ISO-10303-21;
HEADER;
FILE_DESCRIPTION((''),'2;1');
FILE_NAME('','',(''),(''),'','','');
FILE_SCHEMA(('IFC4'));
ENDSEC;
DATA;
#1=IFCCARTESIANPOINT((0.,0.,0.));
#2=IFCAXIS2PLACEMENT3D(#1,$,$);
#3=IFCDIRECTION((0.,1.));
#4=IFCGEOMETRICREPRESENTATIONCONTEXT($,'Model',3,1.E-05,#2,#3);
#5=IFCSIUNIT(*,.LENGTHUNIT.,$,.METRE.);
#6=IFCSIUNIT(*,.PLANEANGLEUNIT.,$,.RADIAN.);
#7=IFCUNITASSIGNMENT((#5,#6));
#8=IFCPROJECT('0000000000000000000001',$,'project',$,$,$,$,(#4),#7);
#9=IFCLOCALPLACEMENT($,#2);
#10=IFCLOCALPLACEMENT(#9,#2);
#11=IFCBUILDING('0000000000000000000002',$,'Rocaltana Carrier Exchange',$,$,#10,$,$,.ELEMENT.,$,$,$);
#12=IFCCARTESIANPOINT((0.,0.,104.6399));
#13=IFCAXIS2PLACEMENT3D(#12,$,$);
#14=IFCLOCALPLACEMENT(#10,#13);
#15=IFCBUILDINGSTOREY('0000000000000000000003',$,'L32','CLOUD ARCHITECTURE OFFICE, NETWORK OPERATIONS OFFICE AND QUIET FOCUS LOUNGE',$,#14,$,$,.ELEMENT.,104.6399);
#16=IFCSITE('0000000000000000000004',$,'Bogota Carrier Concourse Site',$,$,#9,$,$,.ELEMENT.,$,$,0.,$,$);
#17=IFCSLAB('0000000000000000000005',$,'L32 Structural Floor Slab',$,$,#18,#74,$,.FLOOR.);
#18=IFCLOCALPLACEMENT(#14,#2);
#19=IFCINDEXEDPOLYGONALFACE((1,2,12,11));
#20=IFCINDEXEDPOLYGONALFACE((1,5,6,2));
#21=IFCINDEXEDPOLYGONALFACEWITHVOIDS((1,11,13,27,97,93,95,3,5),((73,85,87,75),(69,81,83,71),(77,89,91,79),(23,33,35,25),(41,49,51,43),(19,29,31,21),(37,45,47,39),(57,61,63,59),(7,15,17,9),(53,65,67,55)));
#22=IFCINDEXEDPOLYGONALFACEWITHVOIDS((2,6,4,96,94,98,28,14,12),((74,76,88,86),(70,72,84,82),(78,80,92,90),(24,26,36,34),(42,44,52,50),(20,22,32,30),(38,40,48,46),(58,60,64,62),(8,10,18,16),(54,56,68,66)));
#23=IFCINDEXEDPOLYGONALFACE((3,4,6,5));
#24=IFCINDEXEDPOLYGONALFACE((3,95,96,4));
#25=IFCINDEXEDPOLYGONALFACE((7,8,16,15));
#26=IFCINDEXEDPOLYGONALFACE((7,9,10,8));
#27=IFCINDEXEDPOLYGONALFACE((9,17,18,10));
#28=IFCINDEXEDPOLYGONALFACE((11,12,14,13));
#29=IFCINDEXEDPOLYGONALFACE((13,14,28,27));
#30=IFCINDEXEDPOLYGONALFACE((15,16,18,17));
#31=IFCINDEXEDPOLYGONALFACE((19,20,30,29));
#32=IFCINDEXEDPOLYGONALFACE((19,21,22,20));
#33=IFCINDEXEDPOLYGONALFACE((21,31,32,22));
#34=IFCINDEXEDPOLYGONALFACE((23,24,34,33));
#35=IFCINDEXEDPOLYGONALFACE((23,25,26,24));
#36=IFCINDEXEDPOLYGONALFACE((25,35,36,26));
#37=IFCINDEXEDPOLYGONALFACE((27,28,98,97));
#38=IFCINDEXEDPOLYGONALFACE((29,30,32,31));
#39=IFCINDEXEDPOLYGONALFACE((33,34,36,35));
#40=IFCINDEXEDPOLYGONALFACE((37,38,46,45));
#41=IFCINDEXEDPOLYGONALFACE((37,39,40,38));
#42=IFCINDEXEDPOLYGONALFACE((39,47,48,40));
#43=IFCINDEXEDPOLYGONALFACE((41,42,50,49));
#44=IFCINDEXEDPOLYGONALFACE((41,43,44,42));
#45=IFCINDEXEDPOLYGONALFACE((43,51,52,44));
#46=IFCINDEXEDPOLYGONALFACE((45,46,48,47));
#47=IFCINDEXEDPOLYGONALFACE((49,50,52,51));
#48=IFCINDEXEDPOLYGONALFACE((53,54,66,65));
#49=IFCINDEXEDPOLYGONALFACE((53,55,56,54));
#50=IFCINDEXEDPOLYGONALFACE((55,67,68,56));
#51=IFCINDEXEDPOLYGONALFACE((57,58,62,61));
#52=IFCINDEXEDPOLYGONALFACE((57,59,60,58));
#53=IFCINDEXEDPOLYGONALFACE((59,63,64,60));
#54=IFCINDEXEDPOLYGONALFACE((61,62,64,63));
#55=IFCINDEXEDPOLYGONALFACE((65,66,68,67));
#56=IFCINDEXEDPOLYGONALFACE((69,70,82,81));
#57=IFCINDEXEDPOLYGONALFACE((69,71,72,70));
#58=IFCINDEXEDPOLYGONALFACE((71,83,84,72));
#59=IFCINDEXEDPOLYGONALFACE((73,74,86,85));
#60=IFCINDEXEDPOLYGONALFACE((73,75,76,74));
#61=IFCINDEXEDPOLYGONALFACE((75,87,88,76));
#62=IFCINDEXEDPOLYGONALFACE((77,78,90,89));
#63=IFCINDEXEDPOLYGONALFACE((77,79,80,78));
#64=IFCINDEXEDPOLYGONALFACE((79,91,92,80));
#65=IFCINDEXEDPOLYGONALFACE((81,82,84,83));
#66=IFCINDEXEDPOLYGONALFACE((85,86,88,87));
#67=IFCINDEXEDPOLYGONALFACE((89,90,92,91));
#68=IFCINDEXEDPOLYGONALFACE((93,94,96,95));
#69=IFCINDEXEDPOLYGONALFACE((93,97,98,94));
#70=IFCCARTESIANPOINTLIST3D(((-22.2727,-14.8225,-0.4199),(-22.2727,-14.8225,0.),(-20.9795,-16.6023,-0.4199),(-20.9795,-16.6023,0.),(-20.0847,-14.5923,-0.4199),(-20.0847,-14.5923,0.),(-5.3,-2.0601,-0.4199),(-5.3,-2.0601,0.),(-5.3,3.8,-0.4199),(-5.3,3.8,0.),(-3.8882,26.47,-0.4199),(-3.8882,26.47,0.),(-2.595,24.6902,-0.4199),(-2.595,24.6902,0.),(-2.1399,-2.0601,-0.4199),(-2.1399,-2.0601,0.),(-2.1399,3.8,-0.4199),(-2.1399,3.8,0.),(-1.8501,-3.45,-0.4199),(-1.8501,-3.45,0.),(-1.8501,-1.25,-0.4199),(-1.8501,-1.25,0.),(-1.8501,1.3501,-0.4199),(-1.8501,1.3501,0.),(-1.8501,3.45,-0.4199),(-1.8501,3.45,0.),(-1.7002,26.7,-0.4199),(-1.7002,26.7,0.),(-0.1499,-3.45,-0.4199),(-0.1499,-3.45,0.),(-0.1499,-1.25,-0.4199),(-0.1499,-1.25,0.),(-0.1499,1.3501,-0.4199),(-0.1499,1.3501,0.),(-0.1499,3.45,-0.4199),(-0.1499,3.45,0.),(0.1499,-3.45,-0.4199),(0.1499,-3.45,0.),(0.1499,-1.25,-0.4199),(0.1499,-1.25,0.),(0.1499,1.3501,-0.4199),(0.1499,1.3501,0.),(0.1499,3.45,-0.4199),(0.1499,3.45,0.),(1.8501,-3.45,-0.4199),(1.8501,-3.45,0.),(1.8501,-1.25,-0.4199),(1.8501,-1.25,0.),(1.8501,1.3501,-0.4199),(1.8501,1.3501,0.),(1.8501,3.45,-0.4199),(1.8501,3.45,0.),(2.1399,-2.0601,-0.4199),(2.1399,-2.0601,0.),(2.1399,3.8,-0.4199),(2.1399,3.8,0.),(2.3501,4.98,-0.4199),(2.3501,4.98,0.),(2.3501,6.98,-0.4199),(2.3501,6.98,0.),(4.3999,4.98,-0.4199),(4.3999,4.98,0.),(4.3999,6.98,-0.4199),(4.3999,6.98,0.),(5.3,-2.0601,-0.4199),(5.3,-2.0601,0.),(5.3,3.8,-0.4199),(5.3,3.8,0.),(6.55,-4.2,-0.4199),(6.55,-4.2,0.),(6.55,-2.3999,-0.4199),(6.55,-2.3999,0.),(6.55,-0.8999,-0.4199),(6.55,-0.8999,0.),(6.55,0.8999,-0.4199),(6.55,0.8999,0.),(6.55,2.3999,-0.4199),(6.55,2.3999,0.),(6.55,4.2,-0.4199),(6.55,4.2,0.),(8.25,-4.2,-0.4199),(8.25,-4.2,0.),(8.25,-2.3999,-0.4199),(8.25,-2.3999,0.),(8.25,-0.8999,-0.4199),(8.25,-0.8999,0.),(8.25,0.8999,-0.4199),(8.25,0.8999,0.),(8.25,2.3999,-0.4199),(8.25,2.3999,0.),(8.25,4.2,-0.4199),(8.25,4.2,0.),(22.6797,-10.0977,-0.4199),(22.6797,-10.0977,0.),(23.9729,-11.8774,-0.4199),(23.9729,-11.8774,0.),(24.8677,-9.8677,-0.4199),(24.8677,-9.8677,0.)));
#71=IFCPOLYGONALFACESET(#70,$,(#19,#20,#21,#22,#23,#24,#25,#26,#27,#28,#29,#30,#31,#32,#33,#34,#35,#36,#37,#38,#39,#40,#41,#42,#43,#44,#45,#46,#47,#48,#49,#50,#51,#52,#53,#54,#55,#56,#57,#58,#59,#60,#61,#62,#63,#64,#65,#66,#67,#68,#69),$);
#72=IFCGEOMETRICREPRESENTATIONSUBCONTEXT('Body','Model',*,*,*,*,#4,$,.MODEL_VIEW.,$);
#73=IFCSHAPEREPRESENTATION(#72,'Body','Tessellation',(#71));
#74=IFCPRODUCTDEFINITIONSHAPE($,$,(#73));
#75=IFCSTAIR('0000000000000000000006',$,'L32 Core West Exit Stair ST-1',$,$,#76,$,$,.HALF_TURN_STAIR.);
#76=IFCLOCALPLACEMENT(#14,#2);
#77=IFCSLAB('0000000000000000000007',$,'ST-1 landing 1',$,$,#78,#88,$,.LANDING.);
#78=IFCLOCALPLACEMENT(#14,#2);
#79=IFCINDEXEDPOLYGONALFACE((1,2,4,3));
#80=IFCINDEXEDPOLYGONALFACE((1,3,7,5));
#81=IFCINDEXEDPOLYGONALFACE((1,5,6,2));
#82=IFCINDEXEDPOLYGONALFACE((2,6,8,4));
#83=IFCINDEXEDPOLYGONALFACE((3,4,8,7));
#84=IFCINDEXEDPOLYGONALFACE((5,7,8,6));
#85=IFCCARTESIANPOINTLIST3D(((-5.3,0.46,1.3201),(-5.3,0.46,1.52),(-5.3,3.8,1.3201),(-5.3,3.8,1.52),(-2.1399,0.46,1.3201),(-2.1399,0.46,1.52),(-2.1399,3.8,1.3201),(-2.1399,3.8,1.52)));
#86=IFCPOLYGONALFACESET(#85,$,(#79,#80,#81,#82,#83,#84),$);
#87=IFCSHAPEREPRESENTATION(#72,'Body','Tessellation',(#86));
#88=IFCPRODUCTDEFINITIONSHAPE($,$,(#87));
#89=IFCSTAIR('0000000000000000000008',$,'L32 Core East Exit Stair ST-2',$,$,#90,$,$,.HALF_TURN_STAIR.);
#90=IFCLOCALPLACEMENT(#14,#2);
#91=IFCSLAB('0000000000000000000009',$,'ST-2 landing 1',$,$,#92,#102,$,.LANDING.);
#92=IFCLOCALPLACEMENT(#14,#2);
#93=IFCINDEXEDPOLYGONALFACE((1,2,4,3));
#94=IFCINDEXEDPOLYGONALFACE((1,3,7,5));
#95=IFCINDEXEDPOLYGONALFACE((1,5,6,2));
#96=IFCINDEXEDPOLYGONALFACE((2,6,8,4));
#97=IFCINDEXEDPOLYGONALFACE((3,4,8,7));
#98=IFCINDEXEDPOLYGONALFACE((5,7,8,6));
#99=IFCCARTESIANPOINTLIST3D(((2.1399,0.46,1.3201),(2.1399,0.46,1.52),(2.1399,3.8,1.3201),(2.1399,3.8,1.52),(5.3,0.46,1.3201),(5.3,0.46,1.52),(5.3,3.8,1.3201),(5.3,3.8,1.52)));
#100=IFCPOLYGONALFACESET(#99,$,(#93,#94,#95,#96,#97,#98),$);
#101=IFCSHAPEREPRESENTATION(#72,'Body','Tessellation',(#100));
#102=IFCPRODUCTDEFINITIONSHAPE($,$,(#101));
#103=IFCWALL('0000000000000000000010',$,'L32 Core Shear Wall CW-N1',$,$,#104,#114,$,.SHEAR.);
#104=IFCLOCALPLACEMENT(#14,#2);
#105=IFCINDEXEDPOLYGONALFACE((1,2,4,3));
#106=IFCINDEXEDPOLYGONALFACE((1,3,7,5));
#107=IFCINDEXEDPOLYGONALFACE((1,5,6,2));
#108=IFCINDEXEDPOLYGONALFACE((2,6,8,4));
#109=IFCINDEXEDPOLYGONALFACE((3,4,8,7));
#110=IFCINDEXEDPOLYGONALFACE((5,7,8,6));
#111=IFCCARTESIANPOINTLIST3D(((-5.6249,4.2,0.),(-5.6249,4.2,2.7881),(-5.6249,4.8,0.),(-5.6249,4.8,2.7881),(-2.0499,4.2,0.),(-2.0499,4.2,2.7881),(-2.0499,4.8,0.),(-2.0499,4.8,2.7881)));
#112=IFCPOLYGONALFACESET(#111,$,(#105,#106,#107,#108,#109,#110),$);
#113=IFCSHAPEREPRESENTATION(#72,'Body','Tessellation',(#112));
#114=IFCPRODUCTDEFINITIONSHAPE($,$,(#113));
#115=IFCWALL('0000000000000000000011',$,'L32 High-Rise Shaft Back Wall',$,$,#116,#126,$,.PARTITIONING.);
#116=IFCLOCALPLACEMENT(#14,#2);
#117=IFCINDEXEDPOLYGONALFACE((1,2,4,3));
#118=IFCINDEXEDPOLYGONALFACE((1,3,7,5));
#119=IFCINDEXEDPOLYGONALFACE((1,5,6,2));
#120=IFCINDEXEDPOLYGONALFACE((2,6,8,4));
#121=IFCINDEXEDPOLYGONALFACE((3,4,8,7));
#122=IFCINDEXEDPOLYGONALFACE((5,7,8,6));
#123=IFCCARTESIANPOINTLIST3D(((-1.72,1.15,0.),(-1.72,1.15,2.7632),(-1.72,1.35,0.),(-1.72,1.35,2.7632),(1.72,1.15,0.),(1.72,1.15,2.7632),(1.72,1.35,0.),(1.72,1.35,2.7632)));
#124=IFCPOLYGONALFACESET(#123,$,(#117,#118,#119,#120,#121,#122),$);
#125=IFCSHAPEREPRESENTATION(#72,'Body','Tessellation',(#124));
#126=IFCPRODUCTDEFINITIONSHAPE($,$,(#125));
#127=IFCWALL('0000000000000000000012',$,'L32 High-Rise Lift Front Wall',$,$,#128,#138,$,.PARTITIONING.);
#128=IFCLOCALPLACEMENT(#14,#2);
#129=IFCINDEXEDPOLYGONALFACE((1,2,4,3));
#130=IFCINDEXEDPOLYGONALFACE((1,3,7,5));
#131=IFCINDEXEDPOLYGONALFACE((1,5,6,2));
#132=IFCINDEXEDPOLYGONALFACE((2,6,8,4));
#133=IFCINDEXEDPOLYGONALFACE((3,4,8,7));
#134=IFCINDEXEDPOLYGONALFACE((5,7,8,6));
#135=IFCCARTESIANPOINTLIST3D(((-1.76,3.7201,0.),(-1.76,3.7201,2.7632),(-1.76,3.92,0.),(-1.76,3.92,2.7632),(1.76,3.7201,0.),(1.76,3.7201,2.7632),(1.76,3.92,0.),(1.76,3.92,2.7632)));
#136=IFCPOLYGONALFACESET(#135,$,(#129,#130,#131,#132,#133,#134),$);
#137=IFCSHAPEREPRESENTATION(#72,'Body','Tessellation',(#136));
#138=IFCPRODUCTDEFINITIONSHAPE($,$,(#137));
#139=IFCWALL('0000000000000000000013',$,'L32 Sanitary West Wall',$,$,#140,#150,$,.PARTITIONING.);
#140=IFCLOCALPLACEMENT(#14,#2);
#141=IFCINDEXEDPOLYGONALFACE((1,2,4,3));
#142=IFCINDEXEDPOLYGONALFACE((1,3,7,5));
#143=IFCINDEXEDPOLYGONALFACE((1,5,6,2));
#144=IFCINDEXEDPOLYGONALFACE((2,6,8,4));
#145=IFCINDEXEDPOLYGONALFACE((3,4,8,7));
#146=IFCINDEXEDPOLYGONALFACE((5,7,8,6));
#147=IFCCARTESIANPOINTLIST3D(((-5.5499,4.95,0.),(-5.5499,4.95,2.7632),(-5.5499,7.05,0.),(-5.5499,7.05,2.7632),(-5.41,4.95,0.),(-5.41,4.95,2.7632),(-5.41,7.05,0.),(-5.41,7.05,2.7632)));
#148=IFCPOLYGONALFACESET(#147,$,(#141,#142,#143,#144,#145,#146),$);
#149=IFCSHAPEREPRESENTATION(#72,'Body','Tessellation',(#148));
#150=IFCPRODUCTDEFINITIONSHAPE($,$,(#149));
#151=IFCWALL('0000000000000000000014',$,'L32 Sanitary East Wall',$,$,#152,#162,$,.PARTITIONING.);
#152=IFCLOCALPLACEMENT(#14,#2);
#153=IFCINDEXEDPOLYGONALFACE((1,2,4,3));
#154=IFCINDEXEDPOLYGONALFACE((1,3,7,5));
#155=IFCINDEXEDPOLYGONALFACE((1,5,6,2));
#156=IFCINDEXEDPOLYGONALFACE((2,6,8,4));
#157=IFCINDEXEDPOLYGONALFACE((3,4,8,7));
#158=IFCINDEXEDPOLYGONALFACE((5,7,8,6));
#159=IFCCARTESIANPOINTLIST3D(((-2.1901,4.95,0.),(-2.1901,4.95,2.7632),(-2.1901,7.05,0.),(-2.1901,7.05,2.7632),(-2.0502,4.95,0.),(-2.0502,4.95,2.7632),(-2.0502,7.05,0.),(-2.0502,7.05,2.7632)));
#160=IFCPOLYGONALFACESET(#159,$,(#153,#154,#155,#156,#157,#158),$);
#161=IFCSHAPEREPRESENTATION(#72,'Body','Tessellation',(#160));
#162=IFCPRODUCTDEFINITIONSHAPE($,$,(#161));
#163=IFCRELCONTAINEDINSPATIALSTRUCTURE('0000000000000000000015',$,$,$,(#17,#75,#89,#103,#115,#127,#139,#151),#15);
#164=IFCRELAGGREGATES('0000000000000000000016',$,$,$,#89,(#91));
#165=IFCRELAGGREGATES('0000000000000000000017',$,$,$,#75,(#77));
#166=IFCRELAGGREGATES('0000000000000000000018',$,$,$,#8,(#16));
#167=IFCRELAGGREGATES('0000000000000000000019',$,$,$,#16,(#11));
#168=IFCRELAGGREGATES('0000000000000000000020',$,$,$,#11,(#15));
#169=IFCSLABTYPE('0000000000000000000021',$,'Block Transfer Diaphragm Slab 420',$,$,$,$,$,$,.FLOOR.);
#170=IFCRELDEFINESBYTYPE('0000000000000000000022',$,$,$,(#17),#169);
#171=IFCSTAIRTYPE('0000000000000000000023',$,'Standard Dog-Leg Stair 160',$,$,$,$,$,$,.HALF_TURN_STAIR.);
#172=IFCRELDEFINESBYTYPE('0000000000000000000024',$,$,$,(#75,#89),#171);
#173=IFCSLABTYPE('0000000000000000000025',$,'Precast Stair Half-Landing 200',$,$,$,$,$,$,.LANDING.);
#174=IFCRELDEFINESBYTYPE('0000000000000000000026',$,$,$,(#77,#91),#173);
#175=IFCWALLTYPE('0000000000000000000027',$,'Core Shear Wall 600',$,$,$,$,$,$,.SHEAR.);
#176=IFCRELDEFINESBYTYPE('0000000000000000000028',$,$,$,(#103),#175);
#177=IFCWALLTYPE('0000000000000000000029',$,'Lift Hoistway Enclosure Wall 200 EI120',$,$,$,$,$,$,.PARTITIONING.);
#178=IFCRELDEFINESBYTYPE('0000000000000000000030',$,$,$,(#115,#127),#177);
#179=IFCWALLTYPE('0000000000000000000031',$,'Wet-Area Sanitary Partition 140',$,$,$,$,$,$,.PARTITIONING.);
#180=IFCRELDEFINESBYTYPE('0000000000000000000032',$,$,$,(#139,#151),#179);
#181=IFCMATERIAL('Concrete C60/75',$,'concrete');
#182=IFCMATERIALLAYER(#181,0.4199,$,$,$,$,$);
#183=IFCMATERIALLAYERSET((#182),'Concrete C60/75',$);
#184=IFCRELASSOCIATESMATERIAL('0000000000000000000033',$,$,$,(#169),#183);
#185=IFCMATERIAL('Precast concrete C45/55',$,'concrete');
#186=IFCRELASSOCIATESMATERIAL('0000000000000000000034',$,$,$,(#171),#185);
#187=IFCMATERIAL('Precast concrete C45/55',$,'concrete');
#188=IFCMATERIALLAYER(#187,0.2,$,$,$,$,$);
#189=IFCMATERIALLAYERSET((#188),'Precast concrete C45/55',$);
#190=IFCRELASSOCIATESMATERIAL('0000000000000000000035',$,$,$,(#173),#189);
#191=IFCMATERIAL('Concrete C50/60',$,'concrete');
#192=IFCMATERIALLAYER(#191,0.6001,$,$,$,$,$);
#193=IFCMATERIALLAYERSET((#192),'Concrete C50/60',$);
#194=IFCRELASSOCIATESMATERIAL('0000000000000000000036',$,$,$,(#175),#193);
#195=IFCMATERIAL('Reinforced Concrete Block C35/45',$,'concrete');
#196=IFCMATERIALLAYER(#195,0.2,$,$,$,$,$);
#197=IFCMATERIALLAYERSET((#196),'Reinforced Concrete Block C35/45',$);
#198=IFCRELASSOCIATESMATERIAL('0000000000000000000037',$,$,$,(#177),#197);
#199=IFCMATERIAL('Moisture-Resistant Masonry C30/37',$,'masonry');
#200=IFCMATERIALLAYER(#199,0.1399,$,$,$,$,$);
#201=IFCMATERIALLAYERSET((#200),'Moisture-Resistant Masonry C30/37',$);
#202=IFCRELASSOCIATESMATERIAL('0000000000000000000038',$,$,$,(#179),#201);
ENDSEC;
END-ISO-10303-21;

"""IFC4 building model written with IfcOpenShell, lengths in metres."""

from ifc_helpers import new_model, si_unit, direction, frame, frame_2d, origin, place, context, subcontext, project, spatial, polyline, rectangle, outline, extrude, material, layer, layer_set, type_object, element, aggregate, save


model = new_model("IFC4")

# Units and contexts
model_context = context("Model", 3, precision=1e-05, world=origin(), true_north=direction((0.0, 1.0)))
body_context = subcontext(model_context, "Body", "Model", "MODEL_VIEW")
ifc_project = project(units=[si_unit("LENGTHUNIT", "METRE"), si_unit("PLANEANGLEUNIT", "RADIAN")], contexts=[model_context])

# Site, building, storey
site_placement = place(None, origin())
site = spatial("IfcSite", under=ifc_project, at=site_placement, Name="Bogota Carrier Concourse Site", CompositionType="ELEMENT", RefElevation=0.0)
building_placement = place(site_placement, origin())
building = spatial("IfcBuilding", under=site, at=building_placement, Name="Rocaltana Carrier Exchange", CompositionType="ELEMENT")
storey_placement = place(building_placement, frame((0.0, 0.0, 104.6399)))
storey = spatial("IfcBuildingStorey", under=building, at=storey_placement, Name="L32", Description="CLOUD ARCHITECTURE OFFICE, NETWORK OPERATIONS OFFICE AND QUIET FOCUS LOUNGE", CompositionType="ELEMENT", Elevation=104.6399)

# Slab
ifc_material_1 = material(Name="Concrete C60/75", Category="concrete")
ifc_layer_1 = layer(ifc_material_1, 0.4199)
ifc_layer_set_1 = layer_set([ifc_layer_1], Name="Concrete C60/75")
slab_type_1 = type_object("IfcSlabType", Name="Block Transfer Diaphragm Slab 420", PredefinedType="FLOOR", material=ifc_layer_set_1)
slab_1_placement = place(storey_placement, frame((0.0, 0.0, -0.4199)))
element("IfcSlab", 1, at=slab_1_placement, inside=storey, type_object=slab_type_1, Name="L32 Structural Floor Slab", PredefinedType="FLOOR", context=body_context, shape_type="SweptSolid", body=[
    extrude(outline(polyline([(23.9729, -11.8774), (22.6797, -10.0977), (24.8677, -9.8677), (-1.7002, 26.7), (-2.595, 24.6902), (-3.8882, 26.47), (-22.2727, -14.8225), (-20.0847, -14.5923), (-20.9795, -16.6023), (23.9729, -11.8774)]), holes=[polyline([(-5.3, -2.0601), (-2.1399, -2.0601), (-2.1399, 3.8), (-5.3, 3.8), (-5.3, -2.0601)]), polyline([(2.1399, -2.0601), (5.3, -2.0601), (5.3, 3.8), (2.1399, 3.8), (2.1399, -2.0601)]), polyline([(-1.8501, -3.45), (-0.1499, -3.45), (-0.1499, -1.25), (-1.8501, -1.25), (-1.8501, -3.45)]), polyline([(0.1499, -3.45), (1.8501, -3.45), (1.8501, -1.25), (0.1499, -1.25), (0.1499, -3.45)]), polyline([(2.3501, 4.98), (4.3999, 4.98), (4.3999, 6.98), (2.3501, 6.98), (2.3501, 4.98)]), polyline([(-1.8501, 1.3501), (-0.1499, 1.3501), (-0.1499, 3.45), (-1.8501, 3.45), (-1.8501, 1.3501)]), polyline([(0.1499, 1.3501), (1.8501, 1.3501), (1.8501, 3.45), (0.1499, 3.45), (0.1499, 1.3501)]), polyline([(6.55, -4.2), (8.25, -4.2), (8.25, -2.3999), (6.55, -2.3999), (6.55, -4.2)]), polyline([(6.55, -0.8999), (8.25, -0.8999), (8.25, 0.8999), (6.55, 0.8999), (6.55, -0.8999)]), polyline([(6.55, 2.3999), (8.25, 2.3999), (8.25, 4.2), (6.55, 4.2), (6.55, 2.3999)])]), origin(), (0.0, 0.0, 1.0), 0.4199),
])

# Stairs, slabs
ifc_material_2 = material(Name="Precast concrete C45/55", Category="concrete")
stair_type = type_object("IfcStairType", Name="Standard Dog-Leg Stair 160", PredefinedType="HALF_TURN_STAIR", material=ifc_material_2)
stair_1_placement = place(storey_placement, origin())
stair_1 = element("IfcStair", 2, at=stair_1_placement, inside=storey, type_object=stair_type, Name="L32 Core West Exit Stair ST-1", PredefinedType="HALF_TURN_STAIR")
ifc_material_3 = material(Name="Precast concrete C45/55", Category="concrete")
ifc_layer_2 = layer(ifc_material_3, 0.2)
ifc_layer_set_2 = layer_set([ifc_layer_2], Name="Precast concrete C45/55")
slab_type_2 = type_object("IfcSlabType", Name="Precast Stair Half-Landing 200", PredefinedType="LANDING", material=ifc_layer_set_2)
slab_2_placement = place(storey_placement, frame((0.0, 0.0, 1.3201)))
slab_2 = element("IfcSlab", 3, at=slab_2_placement, type_object=slab_type_2, Name="ST-1 landing 1", PredefinedType="LANDING", context=body_context, shape_type="SweptSolid", body=[
    extrude(outline(polyline([(-2.1399, 0.46), (-2.1399, 3.8), (-5.3, 3.8), (-5.3, 0.46), (-2.1399, 0.46)])), origin(), (0.0, 0.0, 1.0), 0.2),
])
stair_2_placement = place(storey_placement, origin())
stair_2 = element("IfcStair", 4, at=stair_2_placement, inside=storey, type_object=stair_type, Name="L32 Core East Exit Stair ST-2", PredefinedType="HALF_TURN_STAIR")
slab_3_placement = place(storey_placement, frame((0.0, 0.0, 1.3201)))
slab_3 = element("IfcSlab", 5, at=slab_3_placement, type_object=slab_type_2, Name="ST-2 landing 1", PredefinedType="LANDING", context=body_context, shape_type="SweptSolid", body=[
    extrude(outline(polyline([(5.3, 0.46), (5.3, 3.8), (2.1399, 3.8), (2.1399, 0.46), (5.3, 0.46)])), origin(), (0.0, 0.0, 1.0), 0.2),
])
aggregate(stair_2, [slab_3])

# Walls
ifc_material_4 = material(Name="Concrete C50/60", Category="concrete")
ifc_layer_3 = layer(ifc_material_4, 0.6001)
ifc_layer_set_3 = layer_set([ifc_layer_3], Name="Concrete C50/60")
wall_type_1 = type_object("IfcWallType", Name="Core Shear Wall 600", PredefinedType="SHEAR", material=ifc_layer_set_3)
wall_1_placement = place(storey_placement, frame((-5.625, 4.5, 0.0), z_axis=(0.0, 0.0, 1.0), x_axis=(1.0, 0.0, 0.0)))
element("IfcWall", 6, at=wall_1_placement, inside=storey, type_object=wall_type_1, Name="L32 Core Shear Wall CW-N1", PredefinedType="SHEAR", context=body_context, shape_type="SweptSolid", body=[
    extrude(rectangle(XDim=3.575, YDim=0.6001, at=frame_2d((1.7876, 0.0))), origin(), (0.0, 0.0, 1.0), 2.7881),
])
ifc_material_5 = material(Name="Reinforced Concrete Block C35/45", Category="concrete")
ifc_layer_4 = layer(ifc_material_5, 0.2)
ifc_layer_set_4 = layer_set([ifc_layer_4], Name="Reinforced Concrete Block C35/45")
wall_type_2 = type_object("IfcWallType", Name="Lift Hoistway Enclosure Wall 200 EI120", PredefinedType="PARTITIONING", material=ifc_layer_set_4)
wall_2_placement = place(storey_placement, frame((-1.72, 1.25, 0.0), z_axis=(0.0, 0.0, 1.0), x_axis=(1.0, 0.0, 0.0)))
element("IfcWall", 7, at=wall_2_placement, inside=storey, type_object=wall_type_2, Name="L32 High-Rise Shaft Back Wall", PredefinedType="PARTITIONING", context=body_context, shape_type="SweptSolid", body=[
    extrude(rectangle(XDim=3.4399, YDim=0.2, at=frame_2d((1.72, 0.0))), origin(), (0.0, 0.0, 1.0), 2.7632),
])
wall_3_placement = place(storey_placement, frame((-1.76, 3.8201, 0.0), z_axis=(0.0, 0.0, 1.0), x_axis=(1.0, 0.0, 0.0)))
element("IfcWall", 8, at=wall_3_placement, inside=storey, type_object=wall_type_2, Name="L32 High-Rise Lift Front Wall", PredefinedType="PARTITIONING", context=body_context, shape_type="SweptSolid", body=[
    extrude(rectangle(XDim=3.52, YDim=0.2, at=frame_2d((1.76, 0.0))), origin(), (0.0, 0.0, 1.0), 2.7632),
])
ifc_material_6 = material(Name="Moisture-Resistant Masonry C30/37", Category="masonry")
ifc_layer_5 = layer(ifc_material_6, 0.1399)
ifc_layer_set_5 = layer_set([ifc_layer_5], Name="Moisture-Resistant Masonry C30/37")
wall_type_3 = type_object("IfcWallType", Name="Wet-Area Sanitary Partition 140", PredefinedType="PARTITIONING", material=ifc_layer_set_5)
for number, where, z_axis, x_axis, name in (
    (9, (-5.48, 4.95, 0.0), (0.0, 0.0, 1.0), (0.0, 1.0, 0.0), "L32 Sanitary West Wall"),
    (10, (-2.1201, 4.95, 0.0), (0.0, 0.0, 1.0), (0.0, 1.0, 0.0), "L32 Sanitary East Wall"),
):
    element("IfcWall", number, at=place(storey_placement, frame(where, z_axis=z_axis, x_axis=x_axis)), inside=storey, type_object=wall_type_3, Name=name, PredefinedType="PARTITIONING", context=body_context, shape_type="SweptSolid", body=[
        extrude(rectangle(XDim=2.1001, YDim=0.1399, at=frame_2d((1.05, 0.0))), origin(), (0.0, 0.0, 1.0), 2.7632),
    ])

aggregate(stair_1, [slab_2])

save(model, "model.ifc")
